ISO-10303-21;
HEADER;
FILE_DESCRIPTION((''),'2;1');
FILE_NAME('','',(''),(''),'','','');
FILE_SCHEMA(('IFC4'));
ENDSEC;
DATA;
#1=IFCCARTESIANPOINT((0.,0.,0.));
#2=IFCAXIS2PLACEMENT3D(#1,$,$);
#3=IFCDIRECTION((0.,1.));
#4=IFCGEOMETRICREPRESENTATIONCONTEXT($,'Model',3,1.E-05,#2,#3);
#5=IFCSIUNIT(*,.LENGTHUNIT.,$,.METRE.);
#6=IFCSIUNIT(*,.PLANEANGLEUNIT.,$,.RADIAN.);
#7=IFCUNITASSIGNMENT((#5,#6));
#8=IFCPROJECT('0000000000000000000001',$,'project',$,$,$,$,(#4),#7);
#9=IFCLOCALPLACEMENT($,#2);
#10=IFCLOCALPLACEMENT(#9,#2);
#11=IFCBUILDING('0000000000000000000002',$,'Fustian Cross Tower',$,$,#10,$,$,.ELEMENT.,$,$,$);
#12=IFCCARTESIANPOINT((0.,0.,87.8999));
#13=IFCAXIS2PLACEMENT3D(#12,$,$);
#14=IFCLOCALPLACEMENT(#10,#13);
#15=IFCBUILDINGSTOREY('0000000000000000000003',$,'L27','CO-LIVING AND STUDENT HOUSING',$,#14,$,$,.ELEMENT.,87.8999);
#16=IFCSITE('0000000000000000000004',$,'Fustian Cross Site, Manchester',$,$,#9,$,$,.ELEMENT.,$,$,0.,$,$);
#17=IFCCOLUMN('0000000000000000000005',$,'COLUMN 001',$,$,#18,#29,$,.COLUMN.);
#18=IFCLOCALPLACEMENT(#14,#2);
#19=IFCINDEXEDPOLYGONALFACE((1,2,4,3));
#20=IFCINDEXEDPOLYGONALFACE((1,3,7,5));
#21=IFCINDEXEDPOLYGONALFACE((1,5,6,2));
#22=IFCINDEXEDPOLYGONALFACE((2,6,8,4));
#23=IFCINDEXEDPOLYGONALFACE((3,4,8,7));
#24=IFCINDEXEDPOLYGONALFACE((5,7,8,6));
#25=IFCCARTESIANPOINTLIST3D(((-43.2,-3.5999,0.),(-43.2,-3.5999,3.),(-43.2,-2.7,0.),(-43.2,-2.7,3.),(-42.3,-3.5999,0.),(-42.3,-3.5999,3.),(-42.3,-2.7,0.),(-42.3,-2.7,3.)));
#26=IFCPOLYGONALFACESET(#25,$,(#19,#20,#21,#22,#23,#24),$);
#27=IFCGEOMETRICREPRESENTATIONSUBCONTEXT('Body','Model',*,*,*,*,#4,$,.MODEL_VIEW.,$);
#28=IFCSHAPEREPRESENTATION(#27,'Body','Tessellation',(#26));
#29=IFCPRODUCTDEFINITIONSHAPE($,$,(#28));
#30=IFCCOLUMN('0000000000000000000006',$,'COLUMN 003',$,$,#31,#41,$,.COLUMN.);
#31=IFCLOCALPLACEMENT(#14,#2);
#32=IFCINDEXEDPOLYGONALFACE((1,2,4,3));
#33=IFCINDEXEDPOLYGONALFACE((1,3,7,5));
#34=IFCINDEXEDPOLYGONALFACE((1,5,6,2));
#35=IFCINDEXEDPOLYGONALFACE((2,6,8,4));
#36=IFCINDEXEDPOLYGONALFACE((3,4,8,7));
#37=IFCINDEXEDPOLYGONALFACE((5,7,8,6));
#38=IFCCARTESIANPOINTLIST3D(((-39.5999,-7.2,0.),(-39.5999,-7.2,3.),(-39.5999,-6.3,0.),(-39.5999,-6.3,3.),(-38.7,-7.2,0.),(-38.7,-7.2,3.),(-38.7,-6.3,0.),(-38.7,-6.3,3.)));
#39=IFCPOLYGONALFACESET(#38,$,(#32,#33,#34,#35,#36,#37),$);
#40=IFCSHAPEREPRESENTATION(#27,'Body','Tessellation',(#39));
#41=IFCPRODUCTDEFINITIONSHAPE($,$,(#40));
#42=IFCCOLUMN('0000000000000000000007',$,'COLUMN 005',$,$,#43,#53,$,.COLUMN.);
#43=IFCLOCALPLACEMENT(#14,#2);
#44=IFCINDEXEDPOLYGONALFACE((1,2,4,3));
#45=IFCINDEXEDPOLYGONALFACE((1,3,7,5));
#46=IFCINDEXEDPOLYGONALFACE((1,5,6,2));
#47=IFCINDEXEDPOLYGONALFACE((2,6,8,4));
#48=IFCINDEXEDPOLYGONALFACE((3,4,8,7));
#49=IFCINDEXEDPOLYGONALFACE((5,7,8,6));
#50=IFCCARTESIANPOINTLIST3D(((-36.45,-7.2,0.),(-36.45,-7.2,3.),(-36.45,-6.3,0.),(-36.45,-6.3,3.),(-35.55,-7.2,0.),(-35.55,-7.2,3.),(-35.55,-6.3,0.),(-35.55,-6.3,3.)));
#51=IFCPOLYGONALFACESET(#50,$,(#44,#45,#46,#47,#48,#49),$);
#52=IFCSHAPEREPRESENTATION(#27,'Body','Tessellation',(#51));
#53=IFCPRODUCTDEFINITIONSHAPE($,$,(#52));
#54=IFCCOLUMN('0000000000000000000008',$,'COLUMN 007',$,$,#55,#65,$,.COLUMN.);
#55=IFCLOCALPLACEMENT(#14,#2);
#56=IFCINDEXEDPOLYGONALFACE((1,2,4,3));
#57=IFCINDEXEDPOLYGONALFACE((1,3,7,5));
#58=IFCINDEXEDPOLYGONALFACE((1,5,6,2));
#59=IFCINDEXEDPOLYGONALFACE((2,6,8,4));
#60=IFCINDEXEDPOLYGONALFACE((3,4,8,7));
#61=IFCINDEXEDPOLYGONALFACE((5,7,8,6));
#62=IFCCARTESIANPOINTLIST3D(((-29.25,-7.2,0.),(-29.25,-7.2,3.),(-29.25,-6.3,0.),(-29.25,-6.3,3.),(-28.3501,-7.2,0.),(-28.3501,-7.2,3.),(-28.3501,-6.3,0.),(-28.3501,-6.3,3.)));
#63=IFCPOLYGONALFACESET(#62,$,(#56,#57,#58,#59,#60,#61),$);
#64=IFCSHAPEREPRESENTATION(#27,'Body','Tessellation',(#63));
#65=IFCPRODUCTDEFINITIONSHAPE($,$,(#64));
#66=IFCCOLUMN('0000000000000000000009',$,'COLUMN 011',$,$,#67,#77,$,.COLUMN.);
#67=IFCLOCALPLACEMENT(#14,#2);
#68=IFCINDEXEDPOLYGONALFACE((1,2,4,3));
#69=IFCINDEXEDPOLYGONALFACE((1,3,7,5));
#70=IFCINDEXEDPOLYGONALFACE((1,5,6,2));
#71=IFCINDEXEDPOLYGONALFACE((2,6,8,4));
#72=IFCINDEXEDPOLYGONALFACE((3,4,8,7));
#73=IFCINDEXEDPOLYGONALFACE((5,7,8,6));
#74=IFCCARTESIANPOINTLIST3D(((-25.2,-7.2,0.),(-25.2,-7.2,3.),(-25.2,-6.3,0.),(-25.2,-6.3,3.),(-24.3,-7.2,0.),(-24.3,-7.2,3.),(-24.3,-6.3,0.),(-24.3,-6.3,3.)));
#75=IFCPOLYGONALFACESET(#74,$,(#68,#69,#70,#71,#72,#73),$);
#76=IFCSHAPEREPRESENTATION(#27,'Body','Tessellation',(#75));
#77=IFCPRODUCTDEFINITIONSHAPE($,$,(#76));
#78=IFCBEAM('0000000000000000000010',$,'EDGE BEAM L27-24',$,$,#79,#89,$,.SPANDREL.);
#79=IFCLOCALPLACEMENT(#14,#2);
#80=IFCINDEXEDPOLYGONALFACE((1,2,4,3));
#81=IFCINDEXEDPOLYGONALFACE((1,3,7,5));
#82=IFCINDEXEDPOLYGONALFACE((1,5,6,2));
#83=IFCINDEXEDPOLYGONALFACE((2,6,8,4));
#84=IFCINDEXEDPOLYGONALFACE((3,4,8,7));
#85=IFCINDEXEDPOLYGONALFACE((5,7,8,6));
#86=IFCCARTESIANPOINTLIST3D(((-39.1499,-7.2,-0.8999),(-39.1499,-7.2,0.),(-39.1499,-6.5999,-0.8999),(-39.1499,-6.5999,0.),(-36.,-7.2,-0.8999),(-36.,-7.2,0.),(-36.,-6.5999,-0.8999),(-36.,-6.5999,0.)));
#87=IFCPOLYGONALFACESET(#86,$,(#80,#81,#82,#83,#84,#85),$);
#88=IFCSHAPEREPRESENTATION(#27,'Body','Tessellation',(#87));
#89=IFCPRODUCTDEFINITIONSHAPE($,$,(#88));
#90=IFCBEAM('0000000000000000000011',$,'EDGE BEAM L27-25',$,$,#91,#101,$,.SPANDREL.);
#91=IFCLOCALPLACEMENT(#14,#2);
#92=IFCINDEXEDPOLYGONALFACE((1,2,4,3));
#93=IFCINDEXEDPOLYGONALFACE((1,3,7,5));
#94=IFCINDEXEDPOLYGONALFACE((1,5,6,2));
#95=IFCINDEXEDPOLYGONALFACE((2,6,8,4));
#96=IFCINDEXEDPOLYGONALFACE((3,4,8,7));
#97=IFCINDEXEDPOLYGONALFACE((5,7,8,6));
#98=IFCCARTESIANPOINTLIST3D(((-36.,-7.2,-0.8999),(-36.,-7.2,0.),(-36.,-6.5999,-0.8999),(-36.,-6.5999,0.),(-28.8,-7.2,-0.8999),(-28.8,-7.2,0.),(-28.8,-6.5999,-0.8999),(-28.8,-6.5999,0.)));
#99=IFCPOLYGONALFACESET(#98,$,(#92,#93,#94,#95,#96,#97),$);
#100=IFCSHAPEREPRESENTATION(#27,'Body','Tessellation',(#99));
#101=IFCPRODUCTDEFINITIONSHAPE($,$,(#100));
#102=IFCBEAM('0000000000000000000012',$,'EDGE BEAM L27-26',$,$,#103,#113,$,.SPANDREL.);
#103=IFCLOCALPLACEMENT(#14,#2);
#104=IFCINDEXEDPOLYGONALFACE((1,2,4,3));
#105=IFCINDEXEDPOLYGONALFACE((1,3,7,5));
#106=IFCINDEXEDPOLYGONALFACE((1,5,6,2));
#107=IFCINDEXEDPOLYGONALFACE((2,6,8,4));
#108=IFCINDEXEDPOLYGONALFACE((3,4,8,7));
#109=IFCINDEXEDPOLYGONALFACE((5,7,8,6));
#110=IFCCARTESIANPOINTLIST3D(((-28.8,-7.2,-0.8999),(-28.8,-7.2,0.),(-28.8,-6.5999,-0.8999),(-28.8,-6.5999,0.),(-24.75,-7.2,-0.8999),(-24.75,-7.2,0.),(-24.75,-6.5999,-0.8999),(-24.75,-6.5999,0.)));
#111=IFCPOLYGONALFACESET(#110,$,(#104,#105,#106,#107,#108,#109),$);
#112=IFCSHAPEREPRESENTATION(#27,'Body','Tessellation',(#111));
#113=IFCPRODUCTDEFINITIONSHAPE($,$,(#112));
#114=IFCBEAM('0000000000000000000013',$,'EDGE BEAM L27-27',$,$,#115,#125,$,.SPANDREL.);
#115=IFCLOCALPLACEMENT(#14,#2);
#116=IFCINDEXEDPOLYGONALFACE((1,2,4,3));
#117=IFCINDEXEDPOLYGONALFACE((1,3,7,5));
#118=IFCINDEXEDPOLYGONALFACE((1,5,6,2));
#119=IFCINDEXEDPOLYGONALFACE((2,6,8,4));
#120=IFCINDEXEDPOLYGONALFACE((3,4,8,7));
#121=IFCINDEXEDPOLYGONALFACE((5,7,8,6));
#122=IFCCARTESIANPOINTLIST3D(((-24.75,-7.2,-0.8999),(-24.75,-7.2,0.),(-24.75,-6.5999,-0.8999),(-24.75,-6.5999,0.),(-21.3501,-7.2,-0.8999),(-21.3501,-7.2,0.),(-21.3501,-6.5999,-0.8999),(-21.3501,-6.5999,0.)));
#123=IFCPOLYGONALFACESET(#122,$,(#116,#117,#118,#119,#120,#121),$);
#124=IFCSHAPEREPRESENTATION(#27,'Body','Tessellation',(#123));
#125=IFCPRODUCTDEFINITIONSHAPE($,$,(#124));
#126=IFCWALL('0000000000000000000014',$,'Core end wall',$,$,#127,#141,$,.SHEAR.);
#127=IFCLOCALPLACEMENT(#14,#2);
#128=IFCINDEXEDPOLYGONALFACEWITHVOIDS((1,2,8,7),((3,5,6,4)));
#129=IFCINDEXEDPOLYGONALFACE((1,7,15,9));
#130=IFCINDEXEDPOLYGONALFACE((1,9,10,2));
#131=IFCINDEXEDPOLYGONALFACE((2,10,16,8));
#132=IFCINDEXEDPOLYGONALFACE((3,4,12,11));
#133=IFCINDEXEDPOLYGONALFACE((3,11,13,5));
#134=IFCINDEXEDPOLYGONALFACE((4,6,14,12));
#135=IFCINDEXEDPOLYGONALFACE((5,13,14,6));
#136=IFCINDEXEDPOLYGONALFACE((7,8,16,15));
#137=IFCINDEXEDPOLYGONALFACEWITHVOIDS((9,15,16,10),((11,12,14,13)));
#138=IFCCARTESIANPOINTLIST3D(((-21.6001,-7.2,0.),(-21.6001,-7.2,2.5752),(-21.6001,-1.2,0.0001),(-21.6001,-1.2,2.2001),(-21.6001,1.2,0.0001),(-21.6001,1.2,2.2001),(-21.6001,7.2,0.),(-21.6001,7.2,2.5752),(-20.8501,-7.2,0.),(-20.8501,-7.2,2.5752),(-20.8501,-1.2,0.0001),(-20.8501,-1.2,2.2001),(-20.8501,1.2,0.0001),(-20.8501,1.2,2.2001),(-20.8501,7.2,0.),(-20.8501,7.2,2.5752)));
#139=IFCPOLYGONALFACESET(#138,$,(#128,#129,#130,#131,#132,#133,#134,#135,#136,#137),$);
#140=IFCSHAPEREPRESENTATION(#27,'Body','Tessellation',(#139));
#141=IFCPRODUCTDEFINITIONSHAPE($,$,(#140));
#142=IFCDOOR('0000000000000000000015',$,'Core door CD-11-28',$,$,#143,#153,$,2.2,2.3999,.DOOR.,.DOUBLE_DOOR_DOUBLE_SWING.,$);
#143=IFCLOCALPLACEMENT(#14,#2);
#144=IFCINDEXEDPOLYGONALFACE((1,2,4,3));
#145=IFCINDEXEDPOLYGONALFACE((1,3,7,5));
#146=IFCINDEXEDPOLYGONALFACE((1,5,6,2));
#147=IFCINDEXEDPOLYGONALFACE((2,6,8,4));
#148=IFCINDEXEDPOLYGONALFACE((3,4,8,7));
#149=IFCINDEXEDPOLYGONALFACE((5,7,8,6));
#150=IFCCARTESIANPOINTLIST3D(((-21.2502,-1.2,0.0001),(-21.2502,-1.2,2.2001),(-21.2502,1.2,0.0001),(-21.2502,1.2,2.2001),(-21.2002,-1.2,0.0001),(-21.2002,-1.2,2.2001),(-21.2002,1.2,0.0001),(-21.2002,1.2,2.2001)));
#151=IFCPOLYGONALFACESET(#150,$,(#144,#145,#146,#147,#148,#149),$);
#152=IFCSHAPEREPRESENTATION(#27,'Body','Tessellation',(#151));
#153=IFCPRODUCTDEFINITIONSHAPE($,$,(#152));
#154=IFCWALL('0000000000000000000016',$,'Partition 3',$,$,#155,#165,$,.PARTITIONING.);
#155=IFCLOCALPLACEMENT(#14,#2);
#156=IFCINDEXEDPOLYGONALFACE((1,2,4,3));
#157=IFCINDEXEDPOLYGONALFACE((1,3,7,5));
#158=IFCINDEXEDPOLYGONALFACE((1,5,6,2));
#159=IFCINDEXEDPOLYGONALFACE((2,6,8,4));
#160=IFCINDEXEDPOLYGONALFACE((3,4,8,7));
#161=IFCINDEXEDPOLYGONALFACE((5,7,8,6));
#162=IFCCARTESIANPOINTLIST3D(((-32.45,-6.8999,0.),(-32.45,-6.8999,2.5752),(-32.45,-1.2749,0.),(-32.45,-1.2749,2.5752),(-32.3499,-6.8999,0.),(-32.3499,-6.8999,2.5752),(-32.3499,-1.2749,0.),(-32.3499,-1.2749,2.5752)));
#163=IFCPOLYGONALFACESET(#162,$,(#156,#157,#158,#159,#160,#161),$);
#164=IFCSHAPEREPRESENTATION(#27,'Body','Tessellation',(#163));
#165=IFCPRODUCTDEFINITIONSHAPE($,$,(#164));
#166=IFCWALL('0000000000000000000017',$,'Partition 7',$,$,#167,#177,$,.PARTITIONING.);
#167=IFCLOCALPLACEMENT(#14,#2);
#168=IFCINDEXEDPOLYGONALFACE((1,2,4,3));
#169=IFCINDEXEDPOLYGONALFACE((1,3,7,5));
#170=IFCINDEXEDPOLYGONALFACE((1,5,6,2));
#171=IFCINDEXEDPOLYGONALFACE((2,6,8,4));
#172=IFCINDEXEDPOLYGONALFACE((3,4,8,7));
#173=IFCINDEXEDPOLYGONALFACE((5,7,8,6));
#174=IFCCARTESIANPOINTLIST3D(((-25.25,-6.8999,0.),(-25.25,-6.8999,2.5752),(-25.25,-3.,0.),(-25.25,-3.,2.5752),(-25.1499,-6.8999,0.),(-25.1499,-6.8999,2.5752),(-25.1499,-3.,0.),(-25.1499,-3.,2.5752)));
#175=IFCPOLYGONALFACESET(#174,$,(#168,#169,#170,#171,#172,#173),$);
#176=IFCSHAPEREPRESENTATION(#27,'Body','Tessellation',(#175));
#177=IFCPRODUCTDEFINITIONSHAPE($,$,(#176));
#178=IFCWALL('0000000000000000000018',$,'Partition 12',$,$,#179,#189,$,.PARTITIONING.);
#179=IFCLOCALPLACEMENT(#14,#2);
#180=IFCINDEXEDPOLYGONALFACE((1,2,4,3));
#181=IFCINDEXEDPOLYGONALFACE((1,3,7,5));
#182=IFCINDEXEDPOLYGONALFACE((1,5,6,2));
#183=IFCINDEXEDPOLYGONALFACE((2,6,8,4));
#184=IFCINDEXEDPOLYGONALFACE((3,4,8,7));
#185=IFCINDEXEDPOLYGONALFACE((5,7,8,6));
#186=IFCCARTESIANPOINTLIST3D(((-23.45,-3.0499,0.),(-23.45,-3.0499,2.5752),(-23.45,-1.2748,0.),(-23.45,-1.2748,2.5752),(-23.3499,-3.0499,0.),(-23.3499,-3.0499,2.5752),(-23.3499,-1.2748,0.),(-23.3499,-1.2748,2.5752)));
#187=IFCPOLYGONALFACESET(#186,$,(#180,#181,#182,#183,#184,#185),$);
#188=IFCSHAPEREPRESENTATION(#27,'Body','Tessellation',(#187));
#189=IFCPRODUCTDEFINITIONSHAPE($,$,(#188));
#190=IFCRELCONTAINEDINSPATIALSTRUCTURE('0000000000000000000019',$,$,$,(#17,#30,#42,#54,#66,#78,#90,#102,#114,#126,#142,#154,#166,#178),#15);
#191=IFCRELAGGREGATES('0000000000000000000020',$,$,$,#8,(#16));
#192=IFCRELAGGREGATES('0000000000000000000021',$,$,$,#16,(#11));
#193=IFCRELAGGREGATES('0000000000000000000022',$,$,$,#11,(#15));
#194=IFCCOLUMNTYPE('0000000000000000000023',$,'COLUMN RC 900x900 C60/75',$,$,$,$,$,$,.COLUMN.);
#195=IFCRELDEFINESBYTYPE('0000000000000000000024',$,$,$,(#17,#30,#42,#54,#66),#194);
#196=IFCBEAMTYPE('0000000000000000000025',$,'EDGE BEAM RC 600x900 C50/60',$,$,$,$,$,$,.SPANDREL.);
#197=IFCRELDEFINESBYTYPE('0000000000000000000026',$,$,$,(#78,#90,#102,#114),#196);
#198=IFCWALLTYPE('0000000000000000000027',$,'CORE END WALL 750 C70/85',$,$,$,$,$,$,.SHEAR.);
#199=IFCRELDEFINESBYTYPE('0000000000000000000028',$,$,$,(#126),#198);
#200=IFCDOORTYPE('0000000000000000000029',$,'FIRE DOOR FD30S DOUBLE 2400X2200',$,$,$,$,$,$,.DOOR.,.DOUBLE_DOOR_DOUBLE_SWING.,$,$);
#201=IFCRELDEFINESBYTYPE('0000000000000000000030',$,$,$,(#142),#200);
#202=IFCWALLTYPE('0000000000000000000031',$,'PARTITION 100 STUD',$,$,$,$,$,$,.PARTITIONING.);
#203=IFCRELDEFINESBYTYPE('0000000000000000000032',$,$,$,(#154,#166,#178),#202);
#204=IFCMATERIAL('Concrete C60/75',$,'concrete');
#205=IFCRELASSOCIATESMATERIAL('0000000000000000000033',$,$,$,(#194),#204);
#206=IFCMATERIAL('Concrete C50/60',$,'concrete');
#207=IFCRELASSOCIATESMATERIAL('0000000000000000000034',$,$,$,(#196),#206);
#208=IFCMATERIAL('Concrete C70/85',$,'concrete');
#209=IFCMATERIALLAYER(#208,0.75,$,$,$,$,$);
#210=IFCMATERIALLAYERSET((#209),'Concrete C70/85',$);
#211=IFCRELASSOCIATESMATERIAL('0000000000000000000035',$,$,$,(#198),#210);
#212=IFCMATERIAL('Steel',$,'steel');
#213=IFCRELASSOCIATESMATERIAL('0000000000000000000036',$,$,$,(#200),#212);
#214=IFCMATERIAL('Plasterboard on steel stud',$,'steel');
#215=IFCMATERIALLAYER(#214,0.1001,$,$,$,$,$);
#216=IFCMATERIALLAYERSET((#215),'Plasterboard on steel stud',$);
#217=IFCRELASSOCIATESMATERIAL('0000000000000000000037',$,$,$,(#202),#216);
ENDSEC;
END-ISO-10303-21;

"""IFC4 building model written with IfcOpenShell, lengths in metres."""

from ifc_helpers import new_model, si_unit, direction, frame, frame_2d, origin, origin_2d, place, context, subcontext, project, spatial, rectangle, extrude, material, layer, layer_set, material_profile, profile_set, type_object, element, fill, save


model = new_model("IFC4")

# Units and contexts
model_context = context("Model", 3, precision=1e-05, world=origin(), true_north=direction((0.0, 1.0)))
body_context = subcontext(model_context, "Body", "Model", "MODEL_VIEW")
ifc_project = project(units=[si_unit("LENGTHUNIT", "METRE"), si_unit("PLANEANGLEUNIT", "RADIAN")], contexts=[model_context])

# Site, building, storey
site_placement = place(None, origin())
site = spatial("IfcSite", under=ifc_project, at=site_placement, Name="Fustian Cross Site, Manchester", CompositionType="ELEMENT", RefElevation=0.0)
building_placement = place(site_placement, origin())
building = spatial("IfcBuilding", under=site, at=building_placement, Name="Fustian Cross Tower", CompositionType="ELEMENT")
storey_placement = place(building_placement, frame((0.0, 0.0, 87.8999)))
storey = spatial("IfcBuildingStorey", under=building, at=storey_placement, Name="L27", Description="CO-LIVING AND STUDENT HOUSING", CompositionType="ELEMENT", Elevation=87.8999)

# Columns
ifc_material_1 = material(Name="Concrete C60/75", Category="concrete")
ifc_material_profile_1 = material_profile(ifc_material_1, rectangle(XDim=0.8999, YDim=0.8999, at=origin_2d()), Name="RC 900x900")
ifc_profile_set_1 = profile_set([ifc_material_profile_1], Name="Concrete C60/75")
column_type = type_object("IfcColumnType", Name="COLUMN RC 900x900 C60/75", PredefinedType="COLUMN", material=ifc_profile_set_1)
for number, where, z_axis, x_axis, name in (
    (1, (-42.75, -3.1499, 0.0), (0.0, 0.0, 1.0), (1.0, 0.0, 0.0), "COLUMN 001"),
    (2, (-39.1499, -6.75, 0.0), (0.0, 0.0, 1.0), (1.0, 0.0, 0.0), "COLUMN 003"),
    (3, (-36.0, -6.75, 0.0), (0.0, 0.0, 1.0), (1.0, 0.0, 0.0), "COLUMN 005"),
    (4, (-28.8, -6.75, 0.0), (0.0, 0.0, 1.0), (1.0, 0.0, 0.0), "COLUMN 007"),
    (5, (-24.75, -6.75, 0.0), (0.0, 0.0, 1.0), (1.0, 0.0, 0.0), "COLUMN 011"),
):
    element("IfcColumn", number, at=place(storey_placement, frame(where, z_axis=z_axis, x_axis=x_axis)), inside=storey, type_object=column_type, Name=name, PredefinedType="COLUMN", context=body_context, shape_type="SweptSolid", body=[
        extrude(rectangle(XDim=0.8999, YDim=0.8999, at=origin_2d()), origin(), (0.0, 0.0, 1.0), 3.0),
    ])

# Beams
ifc_material_2 = material(Name="Concrete C50/60", Category="concrete")
ifc_material_profile_2 = material_profile(ifc_material_2, rectangle(XDim=0.6001, YDim=0.8999, at=origin_2d()), Name="RC 600x900")
ifc_profile_set_2 = profile_set([ifc_material_profile_2], Name="Concrete C50/60")
beam_type = type_object("IfcBeamType", Name="EDGE BEAM RC 600x900 C50/60", PredefinedType="SPANDREL", material=ifc_profile_set_2)
beam_1_placement = place(storey_placement, frame((-39.1499, -6.8999, -0.45), z_axis=(1.0, 0.0, 0.0), x_axis=(0.0, 1.0, 0.0)))
element("IfcBeam", 6, at=beam_1_placement, inside=storey, type_object=beam_type, Name="EDGE BEAM L27-24", PredefinedType="SPANDREL", context=body_context, shape_type="SweptSolid", body=[
    extrude(rectangle(XDim=0.6001, YDim=0.8999, at=origin_2d()), origin(), (0.0, 0.0, 1.0), 3.1499),
])
beam_2_placement = place(storey_placement, frame((-36.0, -6.8999, -0.45), z_axis=(1.0, 0.0, 0.0), x_axis=(0.0, 1.0, 0.0)))
element("IfcBeam", 7, at=beam_2_placement, inside=storey, type_object=beam_type, Name="EDGE BEAM L27-25", PredefinedType="SPANDREL", context=body_context, shape_type="SweptSolid", body=[
    extrude(rectangle(XDim=0.6001, YDim=0.8999, at=origin_2d()), origin(), (0.0, 0.0, 1.0), 7.2),
])
beam_3_placement = place(storey_placement, frame((-28.8, -6.8999, -0.45), z_axis=(1.0, 0.0, 0.0), x_axis=(0.0, 1.0, 0.0)))
element("IfcBeam", 8, at=beam_3_placement, inside=storey, type_object=beam_type, Name="EDGE BEAM L27-26", PredefinedType="SPANDREL", context=body_context, shape_type="SweptSolid", body=[
    extrude(rectangle(XDim=0.6001, YDim=0.8999, at=origin_2d()), origin(), (0.0, 0.0, 1.0), 4.05),
])
beam_4_placement = place(storey_placement, frame((-24.75, -6.8999, -0.45), z_axis=(1.0, 0.0, 0.0), x_axis=(0.0, 1.0, 0.0)))
element("IfcBeam", 9, at=beam_4_placement, inside=storey, type_object=beam_type, Name="EDGE BEAM L27-27", PredefinedType="SPANDREL", context=body_context, shape_type="SweptSolid", body=[
    extrude(rectangle(XDim=0.6001, YDim=0.8999, at=origin_2d()), origin(), (0.0, 0.0, 1.0), 3.3999),
])

# Wall, opening, door
ifc_material_3 = material(Name="Concrete C70/85", Category="concrete")
ifc_layer_1 = layer(ifc_material_3, 0.75)
ifc_layer_set_1 = layer_set([ifc_layer_1], Name="Concrete C70/85")
wall_type_1 = type_object("IfcWallType", Name="CORE END WALL 750 C70/85", PredefinedType="SHEAR", material=ifc_layer_set_1)
wall_1_placement = place(storey_placement, frame((-21.2251, -7.2, 0.0), z_axis=(0.0, 0.0, 1.0), x_axis=(0.0, 1.0, 0.0)))
wall_1 = element("IfcWall", 10, at=wall_1_placement, inside=storey, type_object=wall_type_1, Name="Core end wall", PredefinedType="SHEAR", context=body_context, shape_type="SweptSolid", body=[
    extrude(rectangle(XDim=14.3999, YDim=0.75, at=frame_2d((7.2, 0.0))), origin(), (0.0, 0.0, 1.0), 2.5752),
])
opening_1_placement = place(wall_1_placement, frame((6.0, 0.0, 0.0)))
opening_1 = element("IfcOpeningElement", 11, at=opening_1_placement, cuts=wall_1, PredefinedType="OPENING", context=body_context, shape_type="SweptSolid", body=[
    extrude(rectangle(XDim=2.3999, YDim=2.2, at=frame_2d((1.2, 1.1001))), frame((0.0, 0.385, 0.0), z_axis=(0.0, -1.0, 0.0), x_axis=(1.0, 0.0, 0.0)), (0.0, 0.0, 1.0), 0.77),
])
ifc_material_4 = material(Name="Steel", Category="steel")
door_type = type_object("IfcDoorType", Name="FIRE DOOR FD30S DOUBLE 2400X2200", OperationType="DOUBLE_DOOR_DOUBLE_SWING", PredefinedType="DOOR", material=ifc_material_4)
door_placement = place(opening_1_placement, frame((2.3999, 0.0, 0.0), z_axis=(0.0, 0.0, 1.0), x_axis=(-1.0, 0.0, 0.0)))
door = element("IfcDoor", 12, at=door_placement, inside=storey, type_object=door_type, Name="Core door CD-11-28", OperationType="DOUBLE_DOOR_DOUBLE_SWING", OverallHeight=2.2, OverallWidth=2.3999, PredefinedType="DOOR", context=body_context, shape_type="SweptSolid", body=[
    extrude(rectangle(XDim=2.3999, YDim=2.2, at=frame_2d((1.2, 1.1001))), frame((0.0, 0.0249, 0.0), z_axis=(0.0, -1.0, 0.0), x_axis=(1.0, 0.0, 0.0)), (0.0, 0.0, 1.0), 0.05),
])
fill(opening_1, door)

# Walls
ifc_material_5 = material(Name="Plasterboard on steel stud", Category="steel")
ifc_layer_2 = layer(ifc_material_5, 0.1001)
ifc_layer_set_2 = layer_set([ifc_layer_2], Name="Plasterboard on steel stud")
wall_type_2 = type_object("IfcWallType", Name="PARTITION 100 STUD", PredefinedType="PARTITIONING", material=ifc_layer_set_2)
wall_2_placement = place(storey_placement, frame((-32.3999, -6.8999, 0.0), z_axis=(0.0, 0.0, 1.0), x_axis=(0.0, 1.0, 0.0)))
element("IfcWall", 13, at=wall_2_placement, inside=storey, type_object=wall_type_2, Name="Partition 3", PredefinedType="PARTITIONING", context=body_context, shape_type="SweptSolid", body=[
    extrude(rectangle(XDim=5.625, YDim=0.1001, at=frame_2d((2.8125, 0.0))), origin(), (0.0, 0.0, 1.0), 2.5752),
])
wall_3_placement = place(storey_placement, frame((-25.2, -6.8999, 0.0), z_axis=(0.0, 0.0, 1.0), x_axis=(0.0, 1.0, 0.0)))
element("IfcWall", 14, at=wall_3_placement, inside=storey, type_object=wall_type_2, Name="Partition 7", PredefinedType="PARTITIONING", context=body_context, shape_type="SweptSolid", body=[
    extrude(rectangle(XDim=3.8999, YDim=0.1001, at=frame_2d((1.95, 0.0))), origin(), (0.0, 0.0, 1.0), 2.5752),
])
wall_4_placement = place(storey_placement, frame((-23.3999, -3.05, 0.0), z_axis=(0.0, 0.0, 1.0), x_axis=(0.0, 1.0, 0.0)))
element("IfcWall", 15, at=wall_4_placement, inside=storey, type_object=wall_type_2, Name="Partition 12", PredefinedType="PARTITIONING", context=body_context, shape_type="SweptSolid", body=[
    extrude(rectangle(XDim=1.7751, YDim=0.1001, at=frame_2d((0.8877, 0.0))), origin(), (0.0, 0.0, 1.0), 2.5752),
])

save(model, "model.ifc")
